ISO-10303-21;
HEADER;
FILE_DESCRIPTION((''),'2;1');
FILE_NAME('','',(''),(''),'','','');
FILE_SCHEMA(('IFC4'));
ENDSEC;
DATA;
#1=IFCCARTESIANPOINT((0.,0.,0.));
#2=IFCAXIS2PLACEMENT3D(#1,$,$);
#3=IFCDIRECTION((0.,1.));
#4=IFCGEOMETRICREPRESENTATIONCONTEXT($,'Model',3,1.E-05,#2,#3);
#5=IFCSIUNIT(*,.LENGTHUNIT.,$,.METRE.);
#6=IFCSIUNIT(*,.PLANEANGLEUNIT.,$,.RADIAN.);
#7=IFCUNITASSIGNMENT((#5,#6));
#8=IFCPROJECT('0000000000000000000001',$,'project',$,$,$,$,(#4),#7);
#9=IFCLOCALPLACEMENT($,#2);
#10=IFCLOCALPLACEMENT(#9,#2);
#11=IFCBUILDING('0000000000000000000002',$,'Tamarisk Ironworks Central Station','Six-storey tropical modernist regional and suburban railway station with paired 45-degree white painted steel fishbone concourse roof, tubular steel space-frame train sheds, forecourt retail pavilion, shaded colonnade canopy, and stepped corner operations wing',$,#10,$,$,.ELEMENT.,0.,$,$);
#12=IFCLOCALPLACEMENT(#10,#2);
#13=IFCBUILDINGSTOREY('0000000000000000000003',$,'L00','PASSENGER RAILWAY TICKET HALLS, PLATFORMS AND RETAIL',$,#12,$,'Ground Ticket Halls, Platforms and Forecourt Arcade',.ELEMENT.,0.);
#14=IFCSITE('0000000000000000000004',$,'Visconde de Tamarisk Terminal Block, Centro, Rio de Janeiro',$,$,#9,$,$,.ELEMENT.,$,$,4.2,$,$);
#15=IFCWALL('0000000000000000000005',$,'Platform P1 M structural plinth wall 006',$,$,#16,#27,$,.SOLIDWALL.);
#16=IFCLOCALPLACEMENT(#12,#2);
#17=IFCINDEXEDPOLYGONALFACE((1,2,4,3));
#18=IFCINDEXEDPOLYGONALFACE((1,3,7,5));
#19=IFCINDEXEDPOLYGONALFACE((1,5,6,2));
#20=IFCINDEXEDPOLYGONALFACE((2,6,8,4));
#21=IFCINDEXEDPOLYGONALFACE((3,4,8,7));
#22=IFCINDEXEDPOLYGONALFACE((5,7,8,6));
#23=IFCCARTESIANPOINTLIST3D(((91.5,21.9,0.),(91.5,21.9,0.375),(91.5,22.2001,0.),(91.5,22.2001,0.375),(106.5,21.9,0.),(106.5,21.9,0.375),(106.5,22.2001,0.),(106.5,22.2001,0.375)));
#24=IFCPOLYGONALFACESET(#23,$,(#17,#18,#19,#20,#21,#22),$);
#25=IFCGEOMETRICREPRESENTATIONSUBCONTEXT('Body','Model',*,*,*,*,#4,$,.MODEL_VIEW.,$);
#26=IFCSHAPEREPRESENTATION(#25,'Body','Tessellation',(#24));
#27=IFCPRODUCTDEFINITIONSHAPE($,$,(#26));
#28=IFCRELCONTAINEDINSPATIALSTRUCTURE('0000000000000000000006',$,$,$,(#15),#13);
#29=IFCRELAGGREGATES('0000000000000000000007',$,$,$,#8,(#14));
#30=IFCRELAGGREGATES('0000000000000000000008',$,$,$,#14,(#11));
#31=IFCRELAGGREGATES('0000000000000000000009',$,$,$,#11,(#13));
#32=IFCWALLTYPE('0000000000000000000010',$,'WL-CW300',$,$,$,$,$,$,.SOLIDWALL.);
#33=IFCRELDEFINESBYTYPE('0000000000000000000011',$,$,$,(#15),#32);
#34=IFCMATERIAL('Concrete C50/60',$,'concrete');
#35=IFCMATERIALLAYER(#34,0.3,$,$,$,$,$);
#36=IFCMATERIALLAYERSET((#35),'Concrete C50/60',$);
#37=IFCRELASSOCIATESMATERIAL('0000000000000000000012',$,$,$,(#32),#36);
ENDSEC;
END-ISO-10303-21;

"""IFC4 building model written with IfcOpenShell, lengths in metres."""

from ifc_helpers import new_model, si_unit, direction, frame, frame_2d, origin, place, context, subcontext, project, spatial, rectangle, extrude, material, layer, layer_set, type_object, element, save


model = new_model("IFC4")

# Units and contexts
model_context = context("Model", 3, precision=1e-05, world=origin(), true_north=direction((0.0, 1.0)))
body_context = subcontext(model_context, "Body", "Model", "MODEL_VIEW")
ifc_project = project(units=[si_unit("LENGTHUNIT", "METRE"), si_unit("PLANEANGLEUNIT", "RADIAN")], contexts=[model_context])

# Site, building, storey
site_placement = place(None, origin())
site = spatial("IfcSite", under=ifc_project, at=site_placement, Name="Visconde de Tamarisk Terminal Block, Centro, Rio de Janeiro", CompositionType="ELEMENT", RefElevation=4.2)
building_placement = place(site_placement, origin())
building = spatial("IfcBuilding", under=site, at=building_placement, Name="Tamarisk Ironworks Central Station", Description="Six-storey tropical modernist regional and suburban railway station with paired 45-degree white painted steel fishbone concourse roof, tubular steel space-frame train sheds, forecourt retail pavilion, shaded colonnade canopy, and stepped corner operations wing", CompositionType="ELEMENT", ElevationOfRefHeight=0.0)
storey_placement = place(building_placement, origin())
storey = spatial("IfcBuildingStorey", under=building, at=storey_placement, Name="L00", Description="PASSENGER RAILWAY TICKET HALLS, PLATFORMS AND RETAIL", LongName="Ground Ticket Halls, Platforms and Forecourt Arcade", CompositionType="ELEMENT", Elevation=0.0)

# Wall
ifc_material_1 = material(Name="Concrete C50/60", Category="concrete")
ifc_layer_1 = layer(ifc_material_1, 0.3)
ifc_layer_set_1 = layer_set([ifc_layer_1], Name="Concrete C50/60")
wall_type_1 = type_object("IfcWallType", Name="WL-CW300", PredefinedType="SOLIDWALL", material=ifc_layer_set_1)
wall_1_placement = place(storey_placement, frame((91.5, 22.05, 0.0), z_axis=(0.0, 0.0, 1.0), x_axis=(1.0, 0.0, 0.0)))
element("IfcWall", 1, at=wall_1_placement, inside=storey, type_object=wall_type_1, Name="Platform P1 M structural plinth wall 006", PredefinedType="SOLIDWALL", context=body_context, shape_type="SweptSolid", body=[
    extrude(rectangle(XDim=15.0, YDim=0.3, at=frame_2d((7.5, 0.0))), origin(), (0.0, 0.0, 1.0), 0.375),
])

save(model, "model.ifc")
